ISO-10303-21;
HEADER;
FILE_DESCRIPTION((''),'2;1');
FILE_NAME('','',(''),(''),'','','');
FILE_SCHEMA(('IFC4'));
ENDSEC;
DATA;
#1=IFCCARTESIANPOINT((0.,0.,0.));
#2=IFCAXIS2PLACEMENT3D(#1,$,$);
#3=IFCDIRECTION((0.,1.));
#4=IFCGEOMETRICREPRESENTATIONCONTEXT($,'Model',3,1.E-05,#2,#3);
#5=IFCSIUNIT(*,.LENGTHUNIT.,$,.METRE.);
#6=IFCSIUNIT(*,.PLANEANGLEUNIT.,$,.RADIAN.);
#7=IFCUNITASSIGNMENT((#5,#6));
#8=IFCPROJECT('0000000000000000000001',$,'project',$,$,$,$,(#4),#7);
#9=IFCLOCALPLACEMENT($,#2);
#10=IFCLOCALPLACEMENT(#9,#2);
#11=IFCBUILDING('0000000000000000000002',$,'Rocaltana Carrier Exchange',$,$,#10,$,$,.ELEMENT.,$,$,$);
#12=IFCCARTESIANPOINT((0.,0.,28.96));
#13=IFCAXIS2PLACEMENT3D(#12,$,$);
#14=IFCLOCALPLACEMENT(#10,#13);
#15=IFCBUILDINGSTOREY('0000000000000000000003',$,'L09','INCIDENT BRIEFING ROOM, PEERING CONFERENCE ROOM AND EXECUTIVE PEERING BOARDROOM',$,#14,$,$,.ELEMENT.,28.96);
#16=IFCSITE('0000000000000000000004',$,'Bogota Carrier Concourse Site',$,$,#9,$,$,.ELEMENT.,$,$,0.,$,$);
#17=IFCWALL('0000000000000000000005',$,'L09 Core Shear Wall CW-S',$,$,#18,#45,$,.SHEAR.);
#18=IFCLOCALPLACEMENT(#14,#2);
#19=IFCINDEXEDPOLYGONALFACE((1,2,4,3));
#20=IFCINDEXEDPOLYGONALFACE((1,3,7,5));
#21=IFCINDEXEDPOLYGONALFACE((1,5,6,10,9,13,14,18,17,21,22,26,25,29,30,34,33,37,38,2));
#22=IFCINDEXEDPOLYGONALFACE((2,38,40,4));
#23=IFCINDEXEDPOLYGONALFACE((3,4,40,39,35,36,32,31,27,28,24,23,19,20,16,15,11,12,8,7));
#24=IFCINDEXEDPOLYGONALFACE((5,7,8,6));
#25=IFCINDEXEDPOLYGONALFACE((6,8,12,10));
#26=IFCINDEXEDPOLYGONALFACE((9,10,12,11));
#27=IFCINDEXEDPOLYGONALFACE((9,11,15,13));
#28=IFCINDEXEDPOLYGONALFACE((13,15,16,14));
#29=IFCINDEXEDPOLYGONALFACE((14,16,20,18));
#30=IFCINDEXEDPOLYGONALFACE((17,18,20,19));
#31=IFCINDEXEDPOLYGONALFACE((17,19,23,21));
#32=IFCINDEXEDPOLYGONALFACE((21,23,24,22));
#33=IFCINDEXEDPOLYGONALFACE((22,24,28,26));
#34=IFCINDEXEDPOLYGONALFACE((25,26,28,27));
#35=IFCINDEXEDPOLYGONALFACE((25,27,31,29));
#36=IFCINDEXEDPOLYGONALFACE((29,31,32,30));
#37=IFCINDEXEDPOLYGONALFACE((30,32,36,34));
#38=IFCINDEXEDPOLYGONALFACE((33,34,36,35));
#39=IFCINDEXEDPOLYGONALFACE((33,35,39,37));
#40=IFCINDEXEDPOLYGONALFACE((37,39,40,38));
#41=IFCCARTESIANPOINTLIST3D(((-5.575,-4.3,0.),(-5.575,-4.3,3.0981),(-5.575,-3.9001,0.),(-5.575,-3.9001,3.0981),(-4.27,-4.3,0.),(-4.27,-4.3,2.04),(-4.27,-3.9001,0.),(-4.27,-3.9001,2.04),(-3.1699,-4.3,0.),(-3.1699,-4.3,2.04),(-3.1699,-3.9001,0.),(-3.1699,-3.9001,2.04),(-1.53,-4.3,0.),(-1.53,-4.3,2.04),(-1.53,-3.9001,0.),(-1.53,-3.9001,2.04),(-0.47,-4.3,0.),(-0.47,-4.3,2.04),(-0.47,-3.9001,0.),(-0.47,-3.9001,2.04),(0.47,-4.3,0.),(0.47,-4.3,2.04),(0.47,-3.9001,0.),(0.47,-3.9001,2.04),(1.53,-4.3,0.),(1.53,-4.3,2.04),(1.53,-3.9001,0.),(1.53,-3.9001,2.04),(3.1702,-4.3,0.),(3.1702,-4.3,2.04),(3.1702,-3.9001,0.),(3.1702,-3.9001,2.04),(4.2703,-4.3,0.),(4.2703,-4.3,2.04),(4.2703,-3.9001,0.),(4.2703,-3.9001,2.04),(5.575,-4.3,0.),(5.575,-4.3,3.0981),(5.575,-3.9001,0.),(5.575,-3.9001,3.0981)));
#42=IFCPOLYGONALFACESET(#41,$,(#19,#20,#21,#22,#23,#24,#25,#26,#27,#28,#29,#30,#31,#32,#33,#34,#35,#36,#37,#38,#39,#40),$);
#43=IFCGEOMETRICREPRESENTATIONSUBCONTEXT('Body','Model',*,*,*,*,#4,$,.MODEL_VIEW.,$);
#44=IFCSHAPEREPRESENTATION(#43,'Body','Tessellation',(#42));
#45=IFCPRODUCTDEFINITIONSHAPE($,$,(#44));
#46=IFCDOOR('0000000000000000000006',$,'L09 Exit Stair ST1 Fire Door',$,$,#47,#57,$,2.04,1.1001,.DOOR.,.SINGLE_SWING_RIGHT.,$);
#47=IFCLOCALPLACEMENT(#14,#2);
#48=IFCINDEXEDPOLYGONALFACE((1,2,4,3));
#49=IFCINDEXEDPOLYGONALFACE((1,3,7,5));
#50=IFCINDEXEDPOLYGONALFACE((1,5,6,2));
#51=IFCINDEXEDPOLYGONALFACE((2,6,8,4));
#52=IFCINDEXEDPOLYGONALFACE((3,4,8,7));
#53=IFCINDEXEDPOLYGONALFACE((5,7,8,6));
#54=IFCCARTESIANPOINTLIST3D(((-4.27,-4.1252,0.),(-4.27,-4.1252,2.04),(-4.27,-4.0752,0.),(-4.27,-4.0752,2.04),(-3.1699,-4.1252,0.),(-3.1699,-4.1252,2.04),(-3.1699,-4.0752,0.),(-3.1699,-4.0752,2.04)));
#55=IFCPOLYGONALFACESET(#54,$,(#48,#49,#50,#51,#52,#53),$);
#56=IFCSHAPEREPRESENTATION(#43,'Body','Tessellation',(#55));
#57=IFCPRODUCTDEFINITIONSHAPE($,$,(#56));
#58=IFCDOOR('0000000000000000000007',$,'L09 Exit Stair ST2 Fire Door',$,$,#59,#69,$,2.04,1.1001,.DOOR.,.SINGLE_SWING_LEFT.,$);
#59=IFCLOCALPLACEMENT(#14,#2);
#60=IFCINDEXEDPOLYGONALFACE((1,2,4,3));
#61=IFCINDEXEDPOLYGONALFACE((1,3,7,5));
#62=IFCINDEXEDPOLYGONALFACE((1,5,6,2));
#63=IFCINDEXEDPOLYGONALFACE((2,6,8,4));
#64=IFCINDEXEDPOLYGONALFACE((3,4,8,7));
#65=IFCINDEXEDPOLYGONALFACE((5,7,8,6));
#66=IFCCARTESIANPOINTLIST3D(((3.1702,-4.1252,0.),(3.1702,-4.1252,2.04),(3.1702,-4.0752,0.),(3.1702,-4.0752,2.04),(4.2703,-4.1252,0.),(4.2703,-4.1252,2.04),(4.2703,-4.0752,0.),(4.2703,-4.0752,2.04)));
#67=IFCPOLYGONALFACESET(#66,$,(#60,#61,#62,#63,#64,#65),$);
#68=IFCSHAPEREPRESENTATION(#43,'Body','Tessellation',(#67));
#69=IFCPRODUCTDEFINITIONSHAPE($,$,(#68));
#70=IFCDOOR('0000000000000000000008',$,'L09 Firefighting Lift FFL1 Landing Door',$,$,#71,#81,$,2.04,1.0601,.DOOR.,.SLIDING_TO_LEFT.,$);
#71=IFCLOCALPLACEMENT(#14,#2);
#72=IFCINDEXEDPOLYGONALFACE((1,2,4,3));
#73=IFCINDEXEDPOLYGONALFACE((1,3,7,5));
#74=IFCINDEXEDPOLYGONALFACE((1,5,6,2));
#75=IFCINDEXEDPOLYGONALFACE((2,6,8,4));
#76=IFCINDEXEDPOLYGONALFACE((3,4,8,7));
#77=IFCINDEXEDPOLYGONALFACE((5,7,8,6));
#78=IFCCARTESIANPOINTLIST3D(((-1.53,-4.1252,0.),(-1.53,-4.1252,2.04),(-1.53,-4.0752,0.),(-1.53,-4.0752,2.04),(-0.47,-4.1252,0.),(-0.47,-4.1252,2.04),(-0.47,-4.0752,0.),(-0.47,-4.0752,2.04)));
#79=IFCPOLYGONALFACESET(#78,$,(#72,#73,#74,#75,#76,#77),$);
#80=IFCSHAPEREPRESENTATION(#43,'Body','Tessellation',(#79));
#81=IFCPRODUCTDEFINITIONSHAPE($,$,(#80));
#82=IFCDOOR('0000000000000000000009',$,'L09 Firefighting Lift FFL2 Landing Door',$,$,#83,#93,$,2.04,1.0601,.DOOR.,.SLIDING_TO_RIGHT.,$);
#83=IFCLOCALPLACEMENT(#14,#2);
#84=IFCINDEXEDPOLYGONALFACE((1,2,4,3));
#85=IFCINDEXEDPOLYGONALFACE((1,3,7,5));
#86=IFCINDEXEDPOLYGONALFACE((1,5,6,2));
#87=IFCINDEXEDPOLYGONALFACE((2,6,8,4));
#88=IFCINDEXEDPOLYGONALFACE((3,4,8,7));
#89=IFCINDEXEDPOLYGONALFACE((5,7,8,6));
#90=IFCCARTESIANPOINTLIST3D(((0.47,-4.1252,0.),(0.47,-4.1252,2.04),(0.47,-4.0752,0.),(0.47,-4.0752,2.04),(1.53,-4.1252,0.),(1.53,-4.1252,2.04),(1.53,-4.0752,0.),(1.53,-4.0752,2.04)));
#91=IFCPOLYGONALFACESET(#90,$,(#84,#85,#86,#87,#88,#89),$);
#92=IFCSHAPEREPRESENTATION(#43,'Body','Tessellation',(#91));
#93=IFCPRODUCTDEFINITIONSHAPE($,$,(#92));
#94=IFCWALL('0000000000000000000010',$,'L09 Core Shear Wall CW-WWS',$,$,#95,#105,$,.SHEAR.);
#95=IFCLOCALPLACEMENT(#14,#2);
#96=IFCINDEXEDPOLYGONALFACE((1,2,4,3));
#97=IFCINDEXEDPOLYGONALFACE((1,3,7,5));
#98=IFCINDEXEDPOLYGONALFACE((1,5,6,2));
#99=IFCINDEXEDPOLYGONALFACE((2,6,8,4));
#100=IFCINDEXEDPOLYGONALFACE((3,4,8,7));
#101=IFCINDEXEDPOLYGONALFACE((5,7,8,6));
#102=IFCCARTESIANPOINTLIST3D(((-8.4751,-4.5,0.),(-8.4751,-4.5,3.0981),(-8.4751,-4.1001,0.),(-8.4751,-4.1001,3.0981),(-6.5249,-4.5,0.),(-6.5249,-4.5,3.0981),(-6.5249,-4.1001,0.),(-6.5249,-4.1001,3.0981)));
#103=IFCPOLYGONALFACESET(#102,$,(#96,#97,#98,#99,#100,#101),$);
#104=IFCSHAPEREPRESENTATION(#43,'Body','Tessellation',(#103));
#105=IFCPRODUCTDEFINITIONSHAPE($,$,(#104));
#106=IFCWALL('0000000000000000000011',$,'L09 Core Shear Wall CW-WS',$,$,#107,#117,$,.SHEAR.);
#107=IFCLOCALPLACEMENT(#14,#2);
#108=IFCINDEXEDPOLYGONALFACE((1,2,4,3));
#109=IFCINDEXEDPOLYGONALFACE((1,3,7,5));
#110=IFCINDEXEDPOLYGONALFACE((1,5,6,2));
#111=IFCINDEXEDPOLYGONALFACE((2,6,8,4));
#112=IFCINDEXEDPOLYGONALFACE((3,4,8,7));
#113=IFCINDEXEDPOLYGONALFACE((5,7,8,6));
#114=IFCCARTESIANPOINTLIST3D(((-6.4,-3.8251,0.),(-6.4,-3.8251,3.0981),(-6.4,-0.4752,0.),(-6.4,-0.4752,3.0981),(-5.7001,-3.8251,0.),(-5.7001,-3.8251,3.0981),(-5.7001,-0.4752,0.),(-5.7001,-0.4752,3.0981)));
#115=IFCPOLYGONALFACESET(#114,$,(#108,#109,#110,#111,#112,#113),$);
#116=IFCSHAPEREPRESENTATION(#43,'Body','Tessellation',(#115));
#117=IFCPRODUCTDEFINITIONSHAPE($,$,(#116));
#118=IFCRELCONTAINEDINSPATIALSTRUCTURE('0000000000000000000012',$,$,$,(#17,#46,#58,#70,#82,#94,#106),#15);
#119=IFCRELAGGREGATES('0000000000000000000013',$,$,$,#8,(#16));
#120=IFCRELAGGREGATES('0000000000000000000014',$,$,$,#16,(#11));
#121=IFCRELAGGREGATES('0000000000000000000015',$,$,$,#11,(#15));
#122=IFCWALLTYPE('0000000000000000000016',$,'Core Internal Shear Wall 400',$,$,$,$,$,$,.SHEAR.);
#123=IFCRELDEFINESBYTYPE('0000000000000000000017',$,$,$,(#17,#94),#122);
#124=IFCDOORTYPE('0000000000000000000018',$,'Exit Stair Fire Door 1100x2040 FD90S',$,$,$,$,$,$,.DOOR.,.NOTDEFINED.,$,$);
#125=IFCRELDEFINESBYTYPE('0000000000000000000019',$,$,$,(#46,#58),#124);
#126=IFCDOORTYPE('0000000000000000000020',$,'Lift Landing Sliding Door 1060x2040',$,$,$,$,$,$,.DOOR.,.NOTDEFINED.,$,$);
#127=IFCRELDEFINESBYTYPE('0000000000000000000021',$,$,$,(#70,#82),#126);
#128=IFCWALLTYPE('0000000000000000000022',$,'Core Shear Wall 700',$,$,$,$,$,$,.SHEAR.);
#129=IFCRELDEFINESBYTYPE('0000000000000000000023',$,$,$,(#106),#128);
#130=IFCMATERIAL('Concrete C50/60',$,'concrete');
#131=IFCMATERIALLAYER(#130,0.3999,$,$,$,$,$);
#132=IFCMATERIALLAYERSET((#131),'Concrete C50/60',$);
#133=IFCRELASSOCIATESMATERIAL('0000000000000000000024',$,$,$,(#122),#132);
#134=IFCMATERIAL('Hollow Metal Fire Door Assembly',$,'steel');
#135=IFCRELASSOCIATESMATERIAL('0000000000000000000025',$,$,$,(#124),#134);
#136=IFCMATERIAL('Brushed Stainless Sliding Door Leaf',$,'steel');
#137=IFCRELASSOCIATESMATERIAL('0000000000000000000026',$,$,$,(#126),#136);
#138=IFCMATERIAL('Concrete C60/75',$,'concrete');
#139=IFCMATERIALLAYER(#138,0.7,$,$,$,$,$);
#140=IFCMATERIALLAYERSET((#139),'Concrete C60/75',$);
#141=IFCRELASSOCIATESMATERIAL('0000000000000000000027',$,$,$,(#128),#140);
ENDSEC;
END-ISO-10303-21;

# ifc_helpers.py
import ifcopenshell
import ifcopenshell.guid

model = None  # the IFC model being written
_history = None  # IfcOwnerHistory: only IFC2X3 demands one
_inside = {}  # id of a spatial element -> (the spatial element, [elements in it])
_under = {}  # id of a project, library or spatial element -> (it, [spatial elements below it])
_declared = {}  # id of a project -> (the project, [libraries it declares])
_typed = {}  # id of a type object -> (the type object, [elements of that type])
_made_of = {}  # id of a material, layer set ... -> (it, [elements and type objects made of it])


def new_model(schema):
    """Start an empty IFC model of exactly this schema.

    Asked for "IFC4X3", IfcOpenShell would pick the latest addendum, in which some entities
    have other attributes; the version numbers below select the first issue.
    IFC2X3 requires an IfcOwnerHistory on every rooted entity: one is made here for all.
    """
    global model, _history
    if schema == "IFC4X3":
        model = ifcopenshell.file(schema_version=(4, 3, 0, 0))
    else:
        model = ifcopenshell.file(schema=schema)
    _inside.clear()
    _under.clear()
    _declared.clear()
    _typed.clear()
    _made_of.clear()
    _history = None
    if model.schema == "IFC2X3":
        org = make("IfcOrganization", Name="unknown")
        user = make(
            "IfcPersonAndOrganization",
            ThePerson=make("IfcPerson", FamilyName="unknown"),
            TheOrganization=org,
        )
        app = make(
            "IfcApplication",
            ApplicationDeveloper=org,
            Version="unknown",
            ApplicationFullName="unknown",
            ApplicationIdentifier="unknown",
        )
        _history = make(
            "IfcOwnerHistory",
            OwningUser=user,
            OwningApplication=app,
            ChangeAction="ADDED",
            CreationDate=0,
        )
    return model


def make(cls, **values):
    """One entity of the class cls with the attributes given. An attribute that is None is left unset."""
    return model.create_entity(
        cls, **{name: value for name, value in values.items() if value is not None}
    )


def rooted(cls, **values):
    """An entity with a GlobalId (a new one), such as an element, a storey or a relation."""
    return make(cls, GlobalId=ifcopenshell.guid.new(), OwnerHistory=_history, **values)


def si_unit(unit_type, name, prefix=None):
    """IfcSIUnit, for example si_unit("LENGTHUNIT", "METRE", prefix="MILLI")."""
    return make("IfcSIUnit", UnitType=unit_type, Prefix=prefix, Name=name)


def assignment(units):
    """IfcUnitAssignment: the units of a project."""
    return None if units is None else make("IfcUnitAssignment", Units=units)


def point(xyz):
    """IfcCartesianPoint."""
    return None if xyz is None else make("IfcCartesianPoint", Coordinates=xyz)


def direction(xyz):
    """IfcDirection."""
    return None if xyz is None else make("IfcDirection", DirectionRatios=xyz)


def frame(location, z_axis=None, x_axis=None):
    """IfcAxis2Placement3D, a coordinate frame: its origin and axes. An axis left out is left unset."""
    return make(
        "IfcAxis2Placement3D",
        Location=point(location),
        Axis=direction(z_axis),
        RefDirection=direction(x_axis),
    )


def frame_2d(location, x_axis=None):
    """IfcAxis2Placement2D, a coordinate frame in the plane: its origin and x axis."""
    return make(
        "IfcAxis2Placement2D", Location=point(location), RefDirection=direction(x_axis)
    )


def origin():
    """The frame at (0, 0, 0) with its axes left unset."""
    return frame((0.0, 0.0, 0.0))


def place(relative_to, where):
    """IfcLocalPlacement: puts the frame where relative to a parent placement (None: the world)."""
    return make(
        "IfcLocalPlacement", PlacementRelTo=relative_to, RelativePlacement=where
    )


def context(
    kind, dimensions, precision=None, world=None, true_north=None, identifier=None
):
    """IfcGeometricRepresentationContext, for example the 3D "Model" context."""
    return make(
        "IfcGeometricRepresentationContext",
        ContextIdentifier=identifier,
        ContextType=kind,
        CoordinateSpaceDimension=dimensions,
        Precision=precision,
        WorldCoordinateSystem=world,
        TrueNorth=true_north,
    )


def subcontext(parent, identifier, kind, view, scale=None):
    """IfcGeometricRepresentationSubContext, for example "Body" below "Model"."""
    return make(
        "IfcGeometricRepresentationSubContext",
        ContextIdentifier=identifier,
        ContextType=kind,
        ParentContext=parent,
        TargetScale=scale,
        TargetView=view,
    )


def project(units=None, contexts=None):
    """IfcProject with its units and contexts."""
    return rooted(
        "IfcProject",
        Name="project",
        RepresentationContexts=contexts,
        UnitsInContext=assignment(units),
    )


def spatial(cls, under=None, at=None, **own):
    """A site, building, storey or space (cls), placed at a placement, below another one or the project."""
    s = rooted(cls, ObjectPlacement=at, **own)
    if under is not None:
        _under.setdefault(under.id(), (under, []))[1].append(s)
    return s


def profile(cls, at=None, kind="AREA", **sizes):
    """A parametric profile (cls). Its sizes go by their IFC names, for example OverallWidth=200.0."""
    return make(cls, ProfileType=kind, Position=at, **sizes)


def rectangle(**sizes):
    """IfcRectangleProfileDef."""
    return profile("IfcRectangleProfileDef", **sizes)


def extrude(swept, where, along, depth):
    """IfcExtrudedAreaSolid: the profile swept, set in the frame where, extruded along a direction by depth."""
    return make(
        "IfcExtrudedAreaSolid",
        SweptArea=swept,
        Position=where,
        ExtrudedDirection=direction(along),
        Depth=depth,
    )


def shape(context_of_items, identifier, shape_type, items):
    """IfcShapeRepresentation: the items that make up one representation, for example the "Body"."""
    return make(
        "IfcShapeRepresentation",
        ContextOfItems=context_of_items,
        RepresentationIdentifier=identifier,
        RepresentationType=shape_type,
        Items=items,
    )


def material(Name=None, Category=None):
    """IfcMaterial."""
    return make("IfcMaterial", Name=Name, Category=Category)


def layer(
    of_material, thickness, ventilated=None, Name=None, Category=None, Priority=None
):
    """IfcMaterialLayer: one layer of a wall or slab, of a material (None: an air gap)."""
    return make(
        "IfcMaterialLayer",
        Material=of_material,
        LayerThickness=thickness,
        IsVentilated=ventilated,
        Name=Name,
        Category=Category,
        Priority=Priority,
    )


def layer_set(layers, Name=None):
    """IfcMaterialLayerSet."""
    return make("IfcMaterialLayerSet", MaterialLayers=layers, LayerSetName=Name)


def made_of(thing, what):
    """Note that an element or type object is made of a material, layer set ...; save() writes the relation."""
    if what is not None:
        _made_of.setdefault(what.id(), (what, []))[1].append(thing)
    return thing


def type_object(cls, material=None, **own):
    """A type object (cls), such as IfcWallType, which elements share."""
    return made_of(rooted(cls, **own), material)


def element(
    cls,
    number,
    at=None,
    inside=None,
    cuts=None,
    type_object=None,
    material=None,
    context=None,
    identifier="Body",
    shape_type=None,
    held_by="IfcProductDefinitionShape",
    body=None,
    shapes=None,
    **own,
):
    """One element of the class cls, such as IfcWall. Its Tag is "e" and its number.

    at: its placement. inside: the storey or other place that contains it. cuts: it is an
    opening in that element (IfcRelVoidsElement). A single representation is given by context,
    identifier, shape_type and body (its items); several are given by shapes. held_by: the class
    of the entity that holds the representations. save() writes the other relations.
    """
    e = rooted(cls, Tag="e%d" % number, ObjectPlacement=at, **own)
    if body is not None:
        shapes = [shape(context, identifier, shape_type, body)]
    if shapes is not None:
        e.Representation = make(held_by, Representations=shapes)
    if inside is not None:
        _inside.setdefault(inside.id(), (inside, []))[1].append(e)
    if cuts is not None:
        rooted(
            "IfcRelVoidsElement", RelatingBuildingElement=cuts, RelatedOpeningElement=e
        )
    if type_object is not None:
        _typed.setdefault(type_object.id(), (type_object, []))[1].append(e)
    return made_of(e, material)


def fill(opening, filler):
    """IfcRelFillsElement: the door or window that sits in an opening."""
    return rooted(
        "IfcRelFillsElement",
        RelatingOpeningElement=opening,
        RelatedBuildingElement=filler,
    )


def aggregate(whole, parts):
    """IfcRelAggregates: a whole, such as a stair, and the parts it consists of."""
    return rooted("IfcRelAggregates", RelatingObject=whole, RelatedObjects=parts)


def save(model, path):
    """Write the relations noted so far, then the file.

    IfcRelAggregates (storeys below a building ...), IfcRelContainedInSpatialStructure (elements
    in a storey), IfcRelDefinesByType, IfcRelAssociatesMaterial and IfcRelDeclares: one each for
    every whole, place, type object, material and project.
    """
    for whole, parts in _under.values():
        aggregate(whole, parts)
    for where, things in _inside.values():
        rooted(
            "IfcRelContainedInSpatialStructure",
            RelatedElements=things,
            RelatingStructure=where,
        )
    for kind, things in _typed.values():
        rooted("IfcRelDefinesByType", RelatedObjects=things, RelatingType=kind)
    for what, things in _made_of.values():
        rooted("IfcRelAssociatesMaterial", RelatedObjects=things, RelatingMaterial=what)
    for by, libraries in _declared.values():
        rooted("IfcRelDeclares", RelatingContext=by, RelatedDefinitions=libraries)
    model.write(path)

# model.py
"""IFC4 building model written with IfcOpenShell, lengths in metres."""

from ifc_helpers import new_model, si_unit, direction, frame, frame_2d, origin, place, context, subcontext, project, spatial, rectangle, extrude, material, layer, layer_set, type_object, element, fill, save


model = new_model("IFC4")

# Units and contexts
model_context = context("Model", 3, precision=1e-05, world=origin(), true_north=direction((0.0, 1.0)))
body_context = subcontext(model_context, "Body", "Model", "MODEL_VIEW")
ifc_project = project(units=[si_unit("LENGTHUNIT", "METRE"), si_unit("PLANEANGLEUNIT", "RADIAN")], contexts=[model_context])

# Site, building, storey
site_placement = place(None, origin())
site = spatial("IfcSite", under=ifc_project, at=site_placement, Name="Bogota Carrier Concourse Site", CompositionType="ELEMENT", RefElevation=0.0)
building_placement = place(site_placement, origin())
building = spatial("IfcBuilding", under=site, at=building_placement, Name="Rocaltana Carrier Exchange", CompositionType="ELEMENT")
storey_placement = place(building_placement, frame((0.0, 0.0, 28.96)))
storey = spatial("IfcBuildingStorey", under=building, at=storey_placement, Name="L09", Description="INCIDENT BRIEFING ROOM, PEERING CONFERENCE ROOM AND EXECUTIVE PEERING BOARDROOM", CompositionType="ELEMENT", Elevation=28.96)

# Wall, openings, doors
ifc_material_1 = material(Name="Concrete C50/60", Category="concrete")
ifc_layer_1 = layer(ifc_material_1, 0.3999)
ifc_layer_set_1 = layer_set([ifc_layer_1], Name="Concrete C50/60")
wall_type_1 = type_object("IfcWallType", Name="Core Internal Shear Wall 400", PredefinedType="SHEAR", material=ifc_layer_set_1)
wall_1_placement = place(storey_placement, frame((-5.575, -4.1001, 0.0), z_axis=(0.0, 0.0, 1.0), x_axis=(1.0, 0.0, 0.0)))
wall_1 = element("IfcWall", 1, at=wall_1_placement, inside=storey, type_object=wall_type_1, Name="L09 Core Shear Wall CW-S", PredefinedType="SHEAR", context=body_context, shape_type="SweptSolid", body=[
    extrude(rectangle(XDim=11.1499, YDim=0.3999, at=frame_2d((5.575, 0.0))), origin(), (0.0, 0.0, 1.0), 3.0981),
])
opening_1_placement = place(wall_1_placement, frame((1.3049, 0.0, 0.0)))
opening_1 = element("IfcOpeningElement", 2, at=opening_1_placement, cuts=wall_1, PredefinedType="OPENING", context=body_context, shape_type="SweptSolid", body=[
    extrude(rectangle(XDim=1.1001, YDim=2.04, at=frame_2d((0.55, 1.02))), frame((0.0, 0.21, 0.0), z_axis=(0.0, -1.0, 0.0), x_axis=(1.0, 0.0, 0.0)), (0.0, 0.0, 1.0), 0.4199),
])
opening_2_placement = place(wall_1_placement, frame((8.7451, 0.0, 0.0)))
opening_2 = element("IfcOpeningElement", 3, at=opening_2_placement, cuts=wall_1, PredefinedType="OPENING", context=body_context, shape_type="SweptSolid", body=[
    extrude(rectangle(XDim=1.1001, YDim=2.04, at=frame_2d((0.55, 1.02))), frame((0.0, 0.21, 0.0), z_axis=(0.0, -1.0, 0.0), x_axis=(1.0, 0.0, 0.0)), (0.0, 0.0, 1.0), 0.4199),
])
opening_3_placement = place(wall_1_placement, frame((4.0449, 0.0, 0.0)))
opening_3 = element("IfcOpeningElement", 4, at=opening_3_placement, cuts=wall_1, PredefinedType="OPENING", context=body_context, shape_type="SweptSolid", body=[
    extrude(rectangle(XDim=1.0601, YDim=2.04, at=frame_2d((0.53, 1.02))), frame((0.0, 0.21, 0.0), z_axis=(0.0, -1.0, 0.0), x_axis=(1.0, 0.0, 0.0)), (0.0, 0.0, 1.0), 0.4199),
])
opening_4_placement = place(wall_1_placement, frame((6.0449, 0.0, 0.0)))
opening_4 = element("IfcOpeningElement", 5, at=opening_4_placement, cuts=wall_1, PredefinedType="OPENING", context=body_context, shape_type="SweptSolid", body=[
    extrude(rectangle(XDim=1.0601, YDim=2.04, at=frame_2d((0.53, 1.02))), frame((0.0, 0.21, 0.0), z_axis=(0.0, -1.0, 0.0), x_axis=(1.0, 0.0, 0.0)), (0.0, 0.0, 1.0), 0.4199),
])
ifc_material_2 = material(Name="Hollow Metal Fire Door Assembly", Category="steel")
door_type_1 = type_object("IfcDoorType", Name="Exit Stair Fire Door 1100x2040 FD90S", OperationType="NOTDEFINED", PredefinedType="DOOR", material=ifc_material_2)
door_1_placement = place(opening_1_placement, origin())
door_1 = element("IfcDoor", 6, at=door_1_placement, inside=storey, type_object=door_type_1, Name="L09 Exit Stair ST1 Fire Door", OperationType="SINGLE_SWING_RIGHT", OverallHeight=2.04, OverallWidth=1.1001, PredefinedType="DOOR", context=body_context, shape_type="SweptSolid", body=[
    extrude(rectangle(XDim=1.1001, YDim=2.04, at=frame_2d((0.55, 1.02))), frame((0.0, 0.0249, 0.0), z_axis=(0.0, -1.0, 0.0), x_axis=(1.0, 0.0, 0.0)), (0.0, 0.0, 1.0), 0.05),
])
fill(opening_1, door_1)
door_2_placement = place(opening_2_placement, origin())
door_2 = element("IfcDoor", 7, at=door_2_placement, inside=storey, type_object=door_type_1, Name="L09 Exit Stair ST2 Fire Door", OperationType="SINGLE_SWING_LEFT", OverallHeight=2.04, OverallWidth=1.1001, PredefinedType="DOOR", context=body_context, shape_type="SweptSolid", body=[
    extrude(rectangle(XDim=1.1001, YDim=2.04, at=frame_2d((0.55, 1.02))), frame((0.0, 0.0249, 0.0), z_axis=(0.0, -1.0, 0.0), x_axis=(1.0, 0.0, 0.0)), (0.0, 0.0, 1.0), 0.05),
])
fill(opening_2, door_2)
ifc_material_3 = material(Name="Brushed Stainless Sliding Door Leaf", Category="steel")
door_type_2 = type_object("IfcDoorType", Name="Lift Landing Sliding Door 1060x2040", OperationType="NOTDEFINED", PredefinedType="DOOR", material=ifc_material_3)
door_3_placement = place(opening_3_placement, origin())
door_3 = element("IfcDoor", 8, at=door_3_placement, inside=storey, type_object=door_type_2, Name="L09 Firefighting Lift FFL1 Landing Door", OperationType="SLIDING_TO_LEFT", OverallHeight=2.04, OverallWidth=1.0601, PredefinedType="DOOR", context=body_context, shape_type="SweptSolid", body=[
    extrude(rectangle(XDim=1.0601, YDim=2.04, at=frame_2d((0.53, 1.02))), frame((0.0, 0.0249, 0.0), z_axis=(0.0, -1.0, 0.0), x_axis=(1.0, 0.0, 0.0)), (0.0, 0.0, 1.0), 0.05),
])
fill(opening_3, door_3)
door_4_placement = place(opening_4_placement, origin())
door_4 = element("IfcDoor", 9, at=door_4_placement, inside=storey, type_object=door_type_2, Name="L09 Firefighting Lift FFL2 Landing Door", OperationType="SLIDING_TO_RIGHT", OverallHeight=2.04, OverallWidth=1.0601, PredefinedType="DOOR", context=body_context, shape_type="SweptSolid", body=[
    extrude(rectangle(XDim=1.0601, YDim=2.04, at=frame_2d((0.53, 1.02))), frame((0.0, 0.0249, 0.0), z_axis=(0.0, -1.0, 0.0), x_axis=(1.0, 0.0, 0.0)), (0.0, 0.0, 1.0), 0.05),
])
fill(opening_4, door_4)

# Walls
wall_2_placement = place(storey_placement, frame((-8.4751, -4.3, 0.0), z_axis=(0.0, 0.0, 1.0), x_axis=(1.0, 0.0, 0.0)))
element("IfcWall", 10, at=wall_2_placement, inside=storey, type_object=wall_type_1, Name="L09 Core Shear Wall CW-WWS", PredefinedType="SHEAR", context=body_context, shape_type="SweptSolid", body=[
    extrude(rectangle(XDim=1.9502, YDim=0.3999, at=frame_2d((0.9751, 0.0))), origin(), (0.0, 0.0, 1.0), 3.0981),
])
ifc_material_4 = material(Name="Concrete C60/75", Category="concrete")
ifc_layer_2 = layer(ifc_material_4, 0.7)
ifc_layer_set_2 = layer_set([ifc_layer_2], Name="Concrete C60/75")
wall_type_2 = type_object("IfcWallType", Name="Core Shear Wall 700", PredefinedType="SHEAR", material=ifc_layer_set_2)
wall_3_placement = place(storey_placement, frame((-6.05, -3.825, 0.0), z_axis=(0.0, 0.0, 1.0), x_axis=(0.0, 1.0, 0.0)))
element("IfcWall", 11, at=wall_3_placement, inside=storey, type_object=wall_type_2, Name="L09 Core Shear Wall CW-WS", PredefinedType="SHEAR", context=body_context, shape_type="SweptSolid", body=[
    extrude(rectangle(XDim=3.3499, YDim=0.7, at=frame_2d((1.6748, 0.0))), origin(), (0.0, 0.0, 1.0), 3.0981),
])

save(model, "model.ifc")
